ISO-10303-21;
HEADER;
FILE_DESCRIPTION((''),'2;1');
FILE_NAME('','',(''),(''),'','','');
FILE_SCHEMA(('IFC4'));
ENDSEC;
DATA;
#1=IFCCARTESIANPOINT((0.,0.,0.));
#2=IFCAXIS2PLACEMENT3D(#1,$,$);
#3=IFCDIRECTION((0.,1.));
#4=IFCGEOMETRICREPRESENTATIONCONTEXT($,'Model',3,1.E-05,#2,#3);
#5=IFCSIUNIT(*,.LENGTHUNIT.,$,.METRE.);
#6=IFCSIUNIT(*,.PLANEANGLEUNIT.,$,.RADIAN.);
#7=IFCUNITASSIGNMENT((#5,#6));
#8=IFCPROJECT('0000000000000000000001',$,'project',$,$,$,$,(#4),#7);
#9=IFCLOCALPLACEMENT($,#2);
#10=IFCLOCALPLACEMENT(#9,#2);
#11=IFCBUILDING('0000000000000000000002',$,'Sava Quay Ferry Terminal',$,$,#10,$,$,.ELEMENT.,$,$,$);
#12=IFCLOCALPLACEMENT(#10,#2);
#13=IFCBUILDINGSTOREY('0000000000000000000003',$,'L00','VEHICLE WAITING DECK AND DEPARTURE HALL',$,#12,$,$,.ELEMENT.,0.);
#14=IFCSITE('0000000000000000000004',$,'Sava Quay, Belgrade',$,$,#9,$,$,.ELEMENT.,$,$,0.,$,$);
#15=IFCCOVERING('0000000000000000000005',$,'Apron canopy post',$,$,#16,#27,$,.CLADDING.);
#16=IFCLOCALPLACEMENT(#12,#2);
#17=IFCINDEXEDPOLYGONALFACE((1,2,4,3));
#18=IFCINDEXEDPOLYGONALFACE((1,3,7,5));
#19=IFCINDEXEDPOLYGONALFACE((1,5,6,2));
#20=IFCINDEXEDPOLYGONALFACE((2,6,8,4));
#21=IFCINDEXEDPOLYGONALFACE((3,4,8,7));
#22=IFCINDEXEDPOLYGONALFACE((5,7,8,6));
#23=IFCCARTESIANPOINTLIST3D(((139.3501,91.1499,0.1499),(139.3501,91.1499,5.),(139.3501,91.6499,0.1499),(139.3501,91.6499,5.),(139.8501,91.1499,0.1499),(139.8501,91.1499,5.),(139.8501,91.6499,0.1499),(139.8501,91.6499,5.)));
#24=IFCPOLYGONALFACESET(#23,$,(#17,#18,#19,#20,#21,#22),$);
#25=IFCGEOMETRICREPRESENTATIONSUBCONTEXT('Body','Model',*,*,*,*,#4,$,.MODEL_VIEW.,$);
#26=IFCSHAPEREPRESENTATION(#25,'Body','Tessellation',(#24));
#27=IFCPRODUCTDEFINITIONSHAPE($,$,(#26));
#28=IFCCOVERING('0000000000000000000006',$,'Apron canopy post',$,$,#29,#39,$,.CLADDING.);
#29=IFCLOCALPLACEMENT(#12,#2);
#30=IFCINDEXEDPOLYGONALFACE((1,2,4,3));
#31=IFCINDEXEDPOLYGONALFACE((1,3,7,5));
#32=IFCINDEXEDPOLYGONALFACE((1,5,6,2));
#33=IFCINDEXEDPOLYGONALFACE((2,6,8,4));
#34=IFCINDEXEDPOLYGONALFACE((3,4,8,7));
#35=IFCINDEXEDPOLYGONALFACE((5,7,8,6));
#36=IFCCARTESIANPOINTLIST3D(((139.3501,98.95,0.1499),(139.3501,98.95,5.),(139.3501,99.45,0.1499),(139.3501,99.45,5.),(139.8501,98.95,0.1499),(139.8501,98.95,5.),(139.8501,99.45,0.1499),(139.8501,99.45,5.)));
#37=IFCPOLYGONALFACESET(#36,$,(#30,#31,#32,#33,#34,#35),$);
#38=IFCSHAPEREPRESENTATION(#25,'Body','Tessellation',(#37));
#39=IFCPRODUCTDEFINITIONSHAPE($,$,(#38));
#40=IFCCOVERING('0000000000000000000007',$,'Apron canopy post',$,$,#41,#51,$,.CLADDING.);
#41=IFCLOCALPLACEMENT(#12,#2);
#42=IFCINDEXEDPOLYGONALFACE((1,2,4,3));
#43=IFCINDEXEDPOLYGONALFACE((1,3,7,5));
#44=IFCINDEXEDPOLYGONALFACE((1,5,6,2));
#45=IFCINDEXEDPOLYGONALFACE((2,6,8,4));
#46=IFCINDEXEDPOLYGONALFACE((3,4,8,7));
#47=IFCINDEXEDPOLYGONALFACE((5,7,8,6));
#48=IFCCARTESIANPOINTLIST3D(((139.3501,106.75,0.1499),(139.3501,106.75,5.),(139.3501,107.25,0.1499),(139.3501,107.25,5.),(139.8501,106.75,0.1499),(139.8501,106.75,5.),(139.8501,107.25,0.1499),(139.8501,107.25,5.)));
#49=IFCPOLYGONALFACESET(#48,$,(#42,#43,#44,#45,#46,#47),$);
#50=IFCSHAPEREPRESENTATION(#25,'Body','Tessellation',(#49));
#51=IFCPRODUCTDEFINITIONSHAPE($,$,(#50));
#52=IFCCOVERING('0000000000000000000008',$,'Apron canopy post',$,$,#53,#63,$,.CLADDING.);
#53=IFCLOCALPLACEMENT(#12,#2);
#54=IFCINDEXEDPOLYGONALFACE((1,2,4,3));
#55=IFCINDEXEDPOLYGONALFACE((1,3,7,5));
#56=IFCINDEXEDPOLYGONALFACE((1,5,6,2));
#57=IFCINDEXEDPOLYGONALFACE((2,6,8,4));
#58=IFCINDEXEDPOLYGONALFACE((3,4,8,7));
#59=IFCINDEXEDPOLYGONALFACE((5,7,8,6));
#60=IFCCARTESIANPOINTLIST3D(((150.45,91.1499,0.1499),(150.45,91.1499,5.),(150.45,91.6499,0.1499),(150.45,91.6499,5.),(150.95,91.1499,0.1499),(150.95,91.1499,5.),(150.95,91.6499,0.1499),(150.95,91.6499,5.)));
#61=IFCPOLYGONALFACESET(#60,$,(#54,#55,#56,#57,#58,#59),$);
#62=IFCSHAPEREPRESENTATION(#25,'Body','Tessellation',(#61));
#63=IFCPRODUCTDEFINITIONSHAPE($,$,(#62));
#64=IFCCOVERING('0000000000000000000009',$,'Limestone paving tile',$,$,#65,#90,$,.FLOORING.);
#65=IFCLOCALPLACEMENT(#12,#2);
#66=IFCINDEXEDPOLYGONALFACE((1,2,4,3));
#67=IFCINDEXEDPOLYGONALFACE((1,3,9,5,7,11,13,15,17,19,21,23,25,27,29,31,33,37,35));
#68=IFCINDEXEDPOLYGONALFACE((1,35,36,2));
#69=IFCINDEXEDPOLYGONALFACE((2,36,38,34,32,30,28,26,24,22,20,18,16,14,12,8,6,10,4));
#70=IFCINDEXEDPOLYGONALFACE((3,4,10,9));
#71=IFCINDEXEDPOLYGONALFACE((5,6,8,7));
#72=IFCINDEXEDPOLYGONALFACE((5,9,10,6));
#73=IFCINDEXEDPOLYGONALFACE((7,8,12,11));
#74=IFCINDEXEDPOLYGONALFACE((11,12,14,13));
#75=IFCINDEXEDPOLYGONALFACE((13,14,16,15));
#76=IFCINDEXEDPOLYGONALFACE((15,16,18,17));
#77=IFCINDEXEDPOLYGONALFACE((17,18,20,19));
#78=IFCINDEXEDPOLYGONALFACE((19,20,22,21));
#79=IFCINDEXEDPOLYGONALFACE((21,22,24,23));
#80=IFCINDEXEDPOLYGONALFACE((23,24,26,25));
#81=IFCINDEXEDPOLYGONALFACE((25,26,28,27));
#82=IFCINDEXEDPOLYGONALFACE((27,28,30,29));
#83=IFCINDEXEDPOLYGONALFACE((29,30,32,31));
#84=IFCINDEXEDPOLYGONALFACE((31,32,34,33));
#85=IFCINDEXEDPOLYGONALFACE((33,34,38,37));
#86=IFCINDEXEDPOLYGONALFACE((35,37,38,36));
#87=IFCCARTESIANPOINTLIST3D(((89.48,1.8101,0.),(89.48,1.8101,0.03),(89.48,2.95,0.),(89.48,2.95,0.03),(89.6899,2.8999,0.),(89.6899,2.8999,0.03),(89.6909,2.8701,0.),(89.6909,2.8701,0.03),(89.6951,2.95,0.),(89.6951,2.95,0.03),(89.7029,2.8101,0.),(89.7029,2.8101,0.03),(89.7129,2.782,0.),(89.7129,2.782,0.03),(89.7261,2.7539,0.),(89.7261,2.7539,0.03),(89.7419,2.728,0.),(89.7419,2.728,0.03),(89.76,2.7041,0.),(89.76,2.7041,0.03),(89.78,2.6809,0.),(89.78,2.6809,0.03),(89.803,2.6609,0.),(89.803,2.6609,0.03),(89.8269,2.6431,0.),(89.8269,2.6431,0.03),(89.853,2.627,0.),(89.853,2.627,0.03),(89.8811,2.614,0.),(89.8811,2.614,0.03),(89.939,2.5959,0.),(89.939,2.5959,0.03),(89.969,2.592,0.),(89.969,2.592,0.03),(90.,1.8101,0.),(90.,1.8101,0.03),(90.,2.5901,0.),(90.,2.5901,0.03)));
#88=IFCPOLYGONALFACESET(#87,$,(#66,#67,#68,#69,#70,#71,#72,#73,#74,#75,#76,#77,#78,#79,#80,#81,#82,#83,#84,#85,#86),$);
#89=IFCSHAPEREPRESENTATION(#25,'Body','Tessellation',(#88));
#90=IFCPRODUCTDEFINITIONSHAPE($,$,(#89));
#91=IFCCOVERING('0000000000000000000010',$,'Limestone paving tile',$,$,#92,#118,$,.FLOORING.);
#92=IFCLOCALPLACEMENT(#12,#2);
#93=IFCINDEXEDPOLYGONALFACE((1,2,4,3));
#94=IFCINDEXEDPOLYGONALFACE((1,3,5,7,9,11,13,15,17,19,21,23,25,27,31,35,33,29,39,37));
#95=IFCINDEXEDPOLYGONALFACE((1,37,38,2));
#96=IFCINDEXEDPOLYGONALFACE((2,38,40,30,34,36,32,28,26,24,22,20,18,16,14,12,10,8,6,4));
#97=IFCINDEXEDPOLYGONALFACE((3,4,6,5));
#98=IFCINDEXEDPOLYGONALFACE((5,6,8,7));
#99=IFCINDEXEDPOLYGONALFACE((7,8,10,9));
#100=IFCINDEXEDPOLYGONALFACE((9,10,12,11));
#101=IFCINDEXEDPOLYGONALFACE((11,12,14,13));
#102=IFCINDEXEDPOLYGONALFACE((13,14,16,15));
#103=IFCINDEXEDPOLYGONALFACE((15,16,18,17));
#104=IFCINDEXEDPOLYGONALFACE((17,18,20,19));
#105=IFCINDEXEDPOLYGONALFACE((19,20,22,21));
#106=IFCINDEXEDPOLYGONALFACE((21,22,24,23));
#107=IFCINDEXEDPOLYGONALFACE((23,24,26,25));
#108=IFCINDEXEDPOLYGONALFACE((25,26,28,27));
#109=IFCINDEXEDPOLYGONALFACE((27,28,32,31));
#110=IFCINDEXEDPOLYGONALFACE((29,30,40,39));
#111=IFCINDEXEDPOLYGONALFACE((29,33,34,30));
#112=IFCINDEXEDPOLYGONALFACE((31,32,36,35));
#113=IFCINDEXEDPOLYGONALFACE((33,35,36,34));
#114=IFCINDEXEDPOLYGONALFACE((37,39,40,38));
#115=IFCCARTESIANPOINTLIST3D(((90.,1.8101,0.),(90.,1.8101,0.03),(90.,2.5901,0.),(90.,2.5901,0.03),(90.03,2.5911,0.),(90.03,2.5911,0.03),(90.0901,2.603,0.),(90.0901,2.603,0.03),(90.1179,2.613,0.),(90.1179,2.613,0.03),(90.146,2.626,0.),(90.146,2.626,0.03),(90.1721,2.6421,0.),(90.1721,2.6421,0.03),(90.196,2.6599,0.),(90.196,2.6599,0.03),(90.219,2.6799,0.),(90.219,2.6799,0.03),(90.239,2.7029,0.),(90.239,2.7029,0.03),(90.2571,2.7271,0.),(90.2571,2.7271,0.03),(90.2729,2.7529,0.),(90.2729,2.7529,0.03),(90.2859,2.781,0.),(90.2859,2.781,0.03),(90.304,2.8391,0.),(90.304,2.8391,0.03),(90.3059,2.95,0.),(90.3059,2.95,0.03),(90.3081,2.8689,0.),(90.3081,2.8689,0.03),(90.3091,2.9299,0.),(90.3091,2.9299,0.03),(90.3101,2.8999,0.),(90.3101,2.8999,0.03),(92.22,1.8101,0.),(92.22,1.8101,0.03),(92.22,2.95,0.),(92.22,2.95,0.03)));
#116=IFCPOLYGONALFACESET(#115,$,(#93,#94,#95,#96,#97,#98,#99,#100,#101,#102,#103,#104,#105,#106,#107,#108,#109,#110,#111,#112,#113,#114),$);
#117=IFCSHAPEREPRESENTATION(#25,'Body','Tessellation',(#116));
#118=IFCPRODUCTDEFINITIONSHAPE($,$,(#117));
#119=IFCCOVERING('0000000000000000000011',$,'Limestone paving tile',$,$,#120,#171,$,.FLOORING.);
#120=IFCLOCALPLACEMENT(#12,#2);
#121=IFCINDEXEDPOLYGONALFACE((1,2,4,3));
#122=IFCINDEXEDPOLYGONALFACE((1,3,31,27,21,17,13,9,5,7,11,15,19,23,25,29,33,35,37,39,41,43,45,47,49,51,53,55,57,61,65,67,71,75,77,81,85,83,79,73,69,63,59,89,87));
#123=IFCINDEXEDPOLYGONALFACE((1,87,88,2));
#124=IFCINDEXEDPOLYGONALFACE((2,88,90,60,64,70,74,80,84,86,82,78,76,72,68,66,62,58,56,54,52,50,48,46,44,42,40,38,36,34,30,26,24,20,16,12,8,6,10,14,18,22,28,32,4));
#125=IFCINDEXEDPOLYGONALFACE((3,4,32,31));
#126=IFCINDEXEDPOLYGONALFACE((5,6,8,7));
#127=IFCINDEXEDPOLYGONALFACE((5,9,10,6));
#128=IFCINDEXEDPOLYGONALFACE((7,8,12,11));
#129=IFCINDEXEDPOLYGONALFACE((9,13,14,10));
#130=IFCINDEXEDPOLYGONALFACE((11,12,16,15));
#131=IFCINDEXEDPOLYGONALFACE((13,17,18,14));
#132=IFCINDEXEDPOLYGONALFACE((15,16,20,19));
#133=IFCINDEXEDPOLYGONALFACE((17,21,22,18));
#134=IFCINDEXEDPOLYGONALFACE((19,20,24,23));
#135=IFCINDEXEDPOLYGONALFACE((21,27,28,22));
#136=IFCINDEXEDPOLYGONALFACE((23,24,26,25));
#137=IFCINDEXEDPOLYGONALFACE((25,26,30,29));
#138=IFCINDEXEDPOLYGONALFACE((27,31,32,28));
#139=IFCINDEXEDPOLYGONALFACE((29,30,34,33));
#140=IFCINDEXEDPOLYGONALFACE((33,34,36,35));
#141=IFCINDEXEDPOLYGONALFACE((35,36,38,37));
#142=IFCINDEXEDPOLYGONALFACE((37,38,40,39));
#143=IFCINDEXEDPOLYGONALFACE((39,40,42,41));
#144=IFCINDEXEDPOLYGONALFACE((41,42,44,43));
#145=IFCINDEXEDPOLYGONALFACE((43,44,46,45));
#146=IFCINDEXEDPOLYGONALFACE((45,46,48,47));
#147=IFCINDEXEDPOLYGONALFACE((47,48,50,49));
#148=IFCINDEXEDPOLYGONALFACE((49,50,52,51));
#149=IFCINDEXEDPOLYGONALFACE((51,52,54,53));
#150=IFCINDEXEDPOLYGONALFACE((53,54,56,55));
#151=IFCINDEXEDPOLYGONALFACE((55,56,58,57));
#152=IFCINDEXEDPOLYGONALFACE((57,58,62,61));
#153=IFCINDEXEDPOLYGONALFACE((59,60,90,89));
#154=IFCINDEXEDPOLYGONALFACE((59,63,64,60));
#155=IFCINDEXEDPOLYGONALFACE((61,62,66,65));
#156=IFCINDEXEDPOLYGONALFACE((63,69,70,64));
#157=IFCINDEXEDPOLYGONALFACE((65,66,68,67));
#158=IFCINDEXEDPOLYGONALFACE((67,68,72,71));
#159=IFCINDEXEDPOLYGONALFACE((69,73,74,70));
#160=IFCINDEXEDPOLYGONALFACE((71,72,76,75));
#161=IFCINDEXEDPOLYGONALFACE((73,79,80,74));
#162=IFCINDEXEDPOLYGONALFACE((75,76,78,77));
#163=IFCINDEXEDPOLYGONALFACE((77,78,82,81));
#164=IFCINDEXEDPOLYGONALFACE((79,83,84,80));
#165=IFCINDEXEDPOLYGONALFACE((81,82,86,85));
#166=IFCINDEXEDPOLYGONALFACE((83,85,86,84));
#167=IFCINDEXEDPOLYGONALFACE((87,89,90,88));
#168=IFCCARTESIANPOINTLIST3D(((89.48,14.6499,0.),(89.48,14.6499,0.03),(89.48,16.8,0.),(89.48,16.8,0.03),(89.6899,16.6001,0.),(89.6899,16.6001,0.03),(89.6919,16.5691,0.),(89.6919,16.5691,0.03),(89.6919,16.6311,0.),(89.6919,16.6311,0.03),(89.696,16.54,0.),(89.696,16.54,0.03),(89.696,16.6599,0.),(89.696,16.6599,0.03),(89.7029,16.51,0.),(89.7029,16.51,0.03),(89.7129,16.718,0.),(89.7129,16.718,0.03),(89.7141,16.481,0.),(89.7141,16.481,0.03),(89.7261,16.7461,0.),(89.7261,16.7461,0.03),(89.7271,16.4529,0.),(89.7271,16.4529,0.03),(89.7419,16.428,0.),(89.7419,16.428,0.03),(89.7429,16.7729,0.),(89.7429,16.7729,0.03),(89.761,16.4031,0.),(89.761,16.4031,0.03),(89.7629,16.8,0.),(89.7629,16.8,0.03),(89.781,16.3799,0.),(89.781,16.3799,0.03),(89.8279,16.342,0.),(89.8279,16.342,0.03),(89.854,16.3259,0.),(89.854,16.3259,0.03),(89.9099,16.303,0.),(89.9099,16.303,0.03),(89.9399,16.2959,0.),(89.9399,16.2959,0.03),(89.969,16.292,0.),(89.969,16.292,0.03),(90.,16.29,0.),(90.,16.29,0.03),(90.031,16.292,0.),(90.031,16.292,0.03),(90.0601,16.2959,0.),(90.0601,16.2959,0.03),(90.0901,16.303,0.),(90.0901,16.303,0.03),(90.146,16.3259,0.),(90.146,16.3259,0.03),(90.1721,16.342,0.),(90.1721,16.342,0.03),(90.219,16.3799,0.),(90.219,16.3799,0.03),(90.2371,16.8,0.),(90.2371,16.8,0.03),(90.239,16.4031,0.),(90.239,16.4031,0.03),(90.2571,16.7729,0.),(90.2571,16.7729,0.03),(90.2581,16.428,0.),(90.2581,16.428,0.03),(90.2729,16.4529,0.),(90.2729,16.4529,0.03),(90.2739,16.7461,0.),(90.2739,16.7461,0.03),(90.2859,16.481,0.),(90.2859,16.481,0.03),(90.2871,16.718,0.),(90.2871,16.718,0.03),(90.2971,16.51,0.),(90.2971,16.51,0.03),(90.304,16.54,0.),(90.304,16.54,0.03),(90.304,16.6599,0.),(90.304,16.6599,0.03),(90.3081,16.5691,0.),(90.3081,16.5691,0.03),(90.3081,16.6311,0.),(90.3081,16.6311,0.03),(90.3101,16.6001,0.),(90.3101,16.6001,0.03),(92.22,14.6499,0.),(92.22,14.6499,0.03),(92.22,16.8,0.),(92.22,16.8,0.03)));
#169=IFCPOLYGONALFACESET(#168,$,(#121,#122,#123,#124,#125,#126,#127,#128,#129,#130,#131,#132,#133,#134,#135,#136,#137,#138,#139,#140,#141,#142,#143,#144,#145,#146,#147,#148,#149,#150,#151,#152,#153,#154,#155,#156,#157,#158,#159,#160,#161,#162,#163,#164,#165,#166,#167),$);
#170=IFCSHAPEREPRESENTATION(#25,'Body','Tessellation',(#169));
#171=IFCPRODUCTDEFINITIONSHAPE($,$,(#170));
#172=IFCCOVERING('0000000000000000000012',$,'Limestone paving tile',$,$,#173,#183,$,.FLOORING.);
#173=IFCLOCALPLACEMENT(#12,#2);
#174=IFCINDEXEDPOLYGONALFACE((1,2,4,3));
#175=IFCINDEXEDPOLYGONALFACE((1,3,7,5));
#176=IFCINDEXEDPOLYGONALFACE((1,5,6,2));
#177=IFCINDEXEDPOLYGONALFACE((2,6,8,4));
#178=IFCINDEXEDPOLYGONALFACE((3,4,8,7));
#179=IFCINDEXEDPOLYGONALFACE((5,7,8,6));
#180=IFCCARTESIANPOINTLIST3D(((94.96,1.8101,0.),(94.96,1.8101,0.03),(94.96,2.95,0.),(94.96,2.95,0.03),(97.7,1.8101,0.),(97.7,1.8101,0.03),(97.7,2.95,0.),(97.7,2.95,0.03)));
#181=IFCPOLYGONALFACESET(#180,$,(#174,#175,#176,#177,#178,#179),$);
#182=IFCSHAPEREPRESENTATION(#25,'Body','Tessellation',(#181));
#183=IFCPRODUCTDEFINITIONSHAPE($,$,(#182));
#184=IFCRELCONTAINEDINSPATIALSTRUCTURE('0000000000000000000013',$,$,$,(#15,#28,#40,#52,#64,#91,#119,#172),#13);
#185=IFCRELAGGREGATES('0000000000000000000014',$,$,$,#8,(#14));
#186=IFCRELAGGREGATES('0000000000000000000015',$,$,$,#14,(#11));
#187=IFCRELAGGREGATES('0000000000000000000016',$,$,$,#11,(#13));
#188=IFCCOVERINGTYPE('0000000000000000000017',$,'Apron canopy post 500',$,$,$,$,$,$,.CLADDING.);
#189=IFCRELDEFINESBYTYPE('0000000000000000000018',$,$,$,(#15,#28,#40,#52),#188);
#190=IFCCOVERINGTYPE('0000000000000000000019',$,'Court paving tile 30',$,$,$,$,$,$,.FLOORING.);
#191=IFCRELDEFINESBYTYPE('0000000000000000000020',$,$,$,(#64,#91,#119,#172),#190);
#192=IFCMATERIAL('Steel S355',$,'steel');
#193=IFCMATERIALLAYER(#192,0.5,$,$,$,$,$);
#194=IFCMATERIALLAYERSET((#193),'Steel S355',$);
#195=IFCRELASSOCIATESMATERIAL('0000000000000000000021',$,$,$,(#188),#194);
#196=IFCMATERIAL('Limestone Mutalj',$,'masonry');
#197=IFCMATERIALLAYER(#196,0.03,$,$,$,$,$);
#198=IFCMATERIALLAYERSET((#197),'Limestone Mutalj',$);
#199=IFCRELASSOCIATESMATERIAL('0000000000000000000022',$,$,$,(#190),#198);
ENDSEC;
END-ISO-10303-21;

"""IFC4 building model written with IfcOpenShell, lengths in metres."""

from ifc_helpers import new_model, si_unit, direction, frame, origin, place, context, subcontext, project, spatial, polyline, outline, extrude, material, layer, layer_set, type_object, element, save


model = new_model("IFC4")

# Units and contexts
model_context = context("Model", 3, precision=1e-05, world=origin(), true_north=direction((0.0, 1.0)))
body_context = subcontext(model_context, "Body", "Model", "MODEL_VIEW")
ifc_project = project(units=[si_unit("LENGTHUNIT", "METRE"), si_unit("PLANEANGLEUNIT", "RADIAN")], contexts=[model_context])

# Site, building, storey
site_placement = place(None, origin())
site = spatial("IfcSite", under=ifc_project, at=site_placement, Name="Sava Quay, Belgrade", CompositionType="ELEMENT", RefElevation=0.0)
building_placement = place(site_placement, origin())
building = spatial("IfcBuilding", under=site, at=building_placement, Name="Sava Quay Ferry Terminal", CompositionType="ELEMENT")
storey_placement = place(building_placement, origin())
storey = spatial("IfcBuildingStorey", under=building, at=storey_placement, Name="L00", Description="VEHICLE WAITING DECK AND DEPARTURE HALL", CompositionType="ELEMENT", Elevation=0.0)

# Coverings
ifc_material_1 = material(Name="Steel S355", Category="steel")
ifc_layer_1 = layer(ifc_material_1, 0.5)
ifc_layer_set_1 = layer_set([ifc_layer_1], Name="Steel S355")
covering_type_1 = type_object("IfcCoveringType", Name="Apron canopy post 500", PredefinedType="CLADDING", material=ifc_layer_set_1)
covering_1_placement = place(storey_placement, frame((0.0, 0.0, 0.1499)))
element("IfcCovering", 1, at=covering_1_placement, inside=storey, type_object=covering_type_1, Name="Apron canopy post", PredefinedType="CLADDING", context=body_context, shape_type="SweptSolid", body=[
    extrude(outline(polyline([(139.8501, 91.1499), (139.8501, 91.6499), (139.3501, 91.6499), (139.3501, 91.1499), (139.8501, 91.1499)])), origin(), (0.0, 0.0, 1.0), 4.8501),
])
covering_2_placement = place(storey_placement, frame((0.0, 0.0, 0.1499)))
element("IfcCovering", 2, at=covering_2_placement, inside=storey, type_object=covering_type_1, Name="Apron canopy post", PredefinedType="CLADDING", context=body_context, shape_type="SweptSolid", body=[
    extrude(outline(polyline([(139.8501, 98.95), (139.8501, 99.45), (139.3501, 99.45), (139.3501, 98.95), (139.8501, 98.95)])), origin(), (0.0, 0.0, 1.0), 4.8501),
])
covering_3_placement = place(storey_placement, frame((0.0, 0.0, 0.1499)))
element("IfcCovering", 3, at=covering_3_placement, inside=storey, type_object=covering_type_1, Name="Apron canopy post", PredefinedType="CLADDING", context=body_context, shape_type="SweptSolid", body=[
    extrude(outline(polyline([(139.8501, 106.75), (139.8501, 107.25), (139.3501, 107.25), (139.3501, 106.75), (139.8501, 106.75)])), origin(), (0.0, 0.0, 1.0), 4.8501),
])
covering_4_placement = place(storey_placement, frame((0.0, 0.0, 0.1499)))
element("IfcCovering", 4, at=covering_4_placement, inside=storey, type_object=covering_type_1, Name="Apron canopy post", PredefinedType="CLADDING", context=body_context, shape_type="SweptSolid", body=[
    extrude(outline(polyline([(150.95, 91.1499), (150.95, 91.6499), (150.45, 91.6499), (150.45, 91.1499), (150.95, 91.1499)])), origin(), (0.0, 0.0, 1.0), 4.8501),
])
ifc_material_2 = material(Name="Limestone Mutalj", Category="masonry")
ifc_layer_2 = layer(ifc_material_2, 0.03)
ifc_layer_set_2 = layer_set([ifc_layer_2], Name="Limestone Mutalj")
covering_type_2 = type_object("IfcCoveringType", Name="Court paving tile 30", PredefinedType="FLOORING", material=ifc_layer_set_2)
covering_5_placement = place(storey_placement, origin())
element("IfcCovering", 5, at=covering_5_placement, inside=storey, type_object=covering_type_2, Name="Limestone paving tile", PredefinedType="FLOORING", context=body_context, shape_type="SweptSolid", body=[
    extrude(outline(polyline([(89.48, 2.95), (89.48, 1.8101), (90.0, 1.8101), (90.0, 2.5901), (89.969, 2.592), (89.939, 2.5959), (89.8811, 2.614), (89.853, 2.627), (89.8269, 2.6431), (89.803, 2.6609), (89.78, 2.6809), (89.76, 2.7041), (89.7419, 2.728), (89.7261, 2.7539), (89.7129, 2.782), (89.7029, 2.8101), (89.6909, 2.8701), (89.6899, 2.8999), (89.6951, 2.95), (89.48, 2.95)])), origin(), (0.0, 0.0, 1.0), 0.03),
])
covering_6_placement = place(storey_placement, origin())
element("IfcCovering", 6, at=covering_6_placement, inside=storey, type_object=covering_type_2, Name="Limestone paving tile", PredefinedType="FLOORING", context=body_context, shape_type="SweptSolid", body=[
    extrude(outline(polyline([(90.0, 2.5901), (90.0, 1.8101), (92.22, 1.8101), (92.22, 2.95), (90.3059, 2.95), (90.3091, 2.9299), (90.3101, 2.8999), (90.3081, 2.8689), (90.304, 2.8391), (90.2859, 2.781), (90.2729, 2.7529), (90.2571, 2.7271), (90.239, 2.7029), (90.219, 2.6799), (90.196, 2.6599), (90.1721, 2.6421), (90.146, 2.626), (90.1179, 2.613), (90.0901, 2.603), (90.03, 2.5911), (90.0, 2.5901)])), origin(), (0.0, 0.0, 1.0), 0.03),
])
covering_7_placement = place(storey_placement, origin())
element("IfcCovering", 7, at=covering_7_placement, inside=storey, type_object=covering_type_2, Name="Limestone paving tile", PredefinedType="FLOORING", context=body_context, shape_type="SweptSolid", body=[
    extrude(outline(polyline([(92.22, 14.6499), (92.22, 16.8), (90.2371, 16.8), (90.2571, 16.7729), (90.2739, 16.7461), (90.2871, 16.718), (90.304, 16.6599), (90.3081, 16.6311), (90.3101, 16.6001), (90.3081, 16.5691), (90.304, 16.54), (90.2971, 16.51), (90.2859, 16.481), (90.2729, 16.4529), (90.2581, 16.428), (90.239, 16.4031), (90.219, 16.3799), (90.1721, 16.342), (90.146, 16.3259), (90.0901, 16.303), (90.0601, 16.2959), (90.031, 16.292), (90.0, 16.29), (89.969, 16.292), (89.9399, 16.2959), (89.9099, 16.303), (89.854, 16.3259), (89.8279, 16.342), (89.781, 16.3799), (89.761, 16.4031), (89.7419, 16.428), (89.7271, 16.4529), (89.7141, 16.481), (89.7029, 16.51), (89.696, 16.54), (89.6919, 16.5691), (89.6899, 16.6001), (89.6919, 16.6311), (89.696, 16.6599), (89.7129, 16.718), (89.7261, 16.7461), (89.7429, 16.7729), (89.7629, 16.8), (89.48, 16.8), (89.48, 14.6499), (92.22, 14.6499)])), origin(), (0.0, 0.0, 1.0), 0.03),
])
covering_8_placement = place(storey_placement, origin())
element("IfcCovering", 8, at=covering_8_placement, inside=storey, type_object=covering_type_2, Name="Limestone paving tile", PredefinedType="FLOORING", context=body_context, shape_type="SweptSolid", body=[
    extrude(outline(polyline([(94.96, 1.8101), (97.7, 1.8101), (97.7, 2.95), (94.96, 2.95), (94.96, 1.8101)])), origin(), (0.0, 0.0, 1.0), 0.03),
])

save(model, "model.ifc")
